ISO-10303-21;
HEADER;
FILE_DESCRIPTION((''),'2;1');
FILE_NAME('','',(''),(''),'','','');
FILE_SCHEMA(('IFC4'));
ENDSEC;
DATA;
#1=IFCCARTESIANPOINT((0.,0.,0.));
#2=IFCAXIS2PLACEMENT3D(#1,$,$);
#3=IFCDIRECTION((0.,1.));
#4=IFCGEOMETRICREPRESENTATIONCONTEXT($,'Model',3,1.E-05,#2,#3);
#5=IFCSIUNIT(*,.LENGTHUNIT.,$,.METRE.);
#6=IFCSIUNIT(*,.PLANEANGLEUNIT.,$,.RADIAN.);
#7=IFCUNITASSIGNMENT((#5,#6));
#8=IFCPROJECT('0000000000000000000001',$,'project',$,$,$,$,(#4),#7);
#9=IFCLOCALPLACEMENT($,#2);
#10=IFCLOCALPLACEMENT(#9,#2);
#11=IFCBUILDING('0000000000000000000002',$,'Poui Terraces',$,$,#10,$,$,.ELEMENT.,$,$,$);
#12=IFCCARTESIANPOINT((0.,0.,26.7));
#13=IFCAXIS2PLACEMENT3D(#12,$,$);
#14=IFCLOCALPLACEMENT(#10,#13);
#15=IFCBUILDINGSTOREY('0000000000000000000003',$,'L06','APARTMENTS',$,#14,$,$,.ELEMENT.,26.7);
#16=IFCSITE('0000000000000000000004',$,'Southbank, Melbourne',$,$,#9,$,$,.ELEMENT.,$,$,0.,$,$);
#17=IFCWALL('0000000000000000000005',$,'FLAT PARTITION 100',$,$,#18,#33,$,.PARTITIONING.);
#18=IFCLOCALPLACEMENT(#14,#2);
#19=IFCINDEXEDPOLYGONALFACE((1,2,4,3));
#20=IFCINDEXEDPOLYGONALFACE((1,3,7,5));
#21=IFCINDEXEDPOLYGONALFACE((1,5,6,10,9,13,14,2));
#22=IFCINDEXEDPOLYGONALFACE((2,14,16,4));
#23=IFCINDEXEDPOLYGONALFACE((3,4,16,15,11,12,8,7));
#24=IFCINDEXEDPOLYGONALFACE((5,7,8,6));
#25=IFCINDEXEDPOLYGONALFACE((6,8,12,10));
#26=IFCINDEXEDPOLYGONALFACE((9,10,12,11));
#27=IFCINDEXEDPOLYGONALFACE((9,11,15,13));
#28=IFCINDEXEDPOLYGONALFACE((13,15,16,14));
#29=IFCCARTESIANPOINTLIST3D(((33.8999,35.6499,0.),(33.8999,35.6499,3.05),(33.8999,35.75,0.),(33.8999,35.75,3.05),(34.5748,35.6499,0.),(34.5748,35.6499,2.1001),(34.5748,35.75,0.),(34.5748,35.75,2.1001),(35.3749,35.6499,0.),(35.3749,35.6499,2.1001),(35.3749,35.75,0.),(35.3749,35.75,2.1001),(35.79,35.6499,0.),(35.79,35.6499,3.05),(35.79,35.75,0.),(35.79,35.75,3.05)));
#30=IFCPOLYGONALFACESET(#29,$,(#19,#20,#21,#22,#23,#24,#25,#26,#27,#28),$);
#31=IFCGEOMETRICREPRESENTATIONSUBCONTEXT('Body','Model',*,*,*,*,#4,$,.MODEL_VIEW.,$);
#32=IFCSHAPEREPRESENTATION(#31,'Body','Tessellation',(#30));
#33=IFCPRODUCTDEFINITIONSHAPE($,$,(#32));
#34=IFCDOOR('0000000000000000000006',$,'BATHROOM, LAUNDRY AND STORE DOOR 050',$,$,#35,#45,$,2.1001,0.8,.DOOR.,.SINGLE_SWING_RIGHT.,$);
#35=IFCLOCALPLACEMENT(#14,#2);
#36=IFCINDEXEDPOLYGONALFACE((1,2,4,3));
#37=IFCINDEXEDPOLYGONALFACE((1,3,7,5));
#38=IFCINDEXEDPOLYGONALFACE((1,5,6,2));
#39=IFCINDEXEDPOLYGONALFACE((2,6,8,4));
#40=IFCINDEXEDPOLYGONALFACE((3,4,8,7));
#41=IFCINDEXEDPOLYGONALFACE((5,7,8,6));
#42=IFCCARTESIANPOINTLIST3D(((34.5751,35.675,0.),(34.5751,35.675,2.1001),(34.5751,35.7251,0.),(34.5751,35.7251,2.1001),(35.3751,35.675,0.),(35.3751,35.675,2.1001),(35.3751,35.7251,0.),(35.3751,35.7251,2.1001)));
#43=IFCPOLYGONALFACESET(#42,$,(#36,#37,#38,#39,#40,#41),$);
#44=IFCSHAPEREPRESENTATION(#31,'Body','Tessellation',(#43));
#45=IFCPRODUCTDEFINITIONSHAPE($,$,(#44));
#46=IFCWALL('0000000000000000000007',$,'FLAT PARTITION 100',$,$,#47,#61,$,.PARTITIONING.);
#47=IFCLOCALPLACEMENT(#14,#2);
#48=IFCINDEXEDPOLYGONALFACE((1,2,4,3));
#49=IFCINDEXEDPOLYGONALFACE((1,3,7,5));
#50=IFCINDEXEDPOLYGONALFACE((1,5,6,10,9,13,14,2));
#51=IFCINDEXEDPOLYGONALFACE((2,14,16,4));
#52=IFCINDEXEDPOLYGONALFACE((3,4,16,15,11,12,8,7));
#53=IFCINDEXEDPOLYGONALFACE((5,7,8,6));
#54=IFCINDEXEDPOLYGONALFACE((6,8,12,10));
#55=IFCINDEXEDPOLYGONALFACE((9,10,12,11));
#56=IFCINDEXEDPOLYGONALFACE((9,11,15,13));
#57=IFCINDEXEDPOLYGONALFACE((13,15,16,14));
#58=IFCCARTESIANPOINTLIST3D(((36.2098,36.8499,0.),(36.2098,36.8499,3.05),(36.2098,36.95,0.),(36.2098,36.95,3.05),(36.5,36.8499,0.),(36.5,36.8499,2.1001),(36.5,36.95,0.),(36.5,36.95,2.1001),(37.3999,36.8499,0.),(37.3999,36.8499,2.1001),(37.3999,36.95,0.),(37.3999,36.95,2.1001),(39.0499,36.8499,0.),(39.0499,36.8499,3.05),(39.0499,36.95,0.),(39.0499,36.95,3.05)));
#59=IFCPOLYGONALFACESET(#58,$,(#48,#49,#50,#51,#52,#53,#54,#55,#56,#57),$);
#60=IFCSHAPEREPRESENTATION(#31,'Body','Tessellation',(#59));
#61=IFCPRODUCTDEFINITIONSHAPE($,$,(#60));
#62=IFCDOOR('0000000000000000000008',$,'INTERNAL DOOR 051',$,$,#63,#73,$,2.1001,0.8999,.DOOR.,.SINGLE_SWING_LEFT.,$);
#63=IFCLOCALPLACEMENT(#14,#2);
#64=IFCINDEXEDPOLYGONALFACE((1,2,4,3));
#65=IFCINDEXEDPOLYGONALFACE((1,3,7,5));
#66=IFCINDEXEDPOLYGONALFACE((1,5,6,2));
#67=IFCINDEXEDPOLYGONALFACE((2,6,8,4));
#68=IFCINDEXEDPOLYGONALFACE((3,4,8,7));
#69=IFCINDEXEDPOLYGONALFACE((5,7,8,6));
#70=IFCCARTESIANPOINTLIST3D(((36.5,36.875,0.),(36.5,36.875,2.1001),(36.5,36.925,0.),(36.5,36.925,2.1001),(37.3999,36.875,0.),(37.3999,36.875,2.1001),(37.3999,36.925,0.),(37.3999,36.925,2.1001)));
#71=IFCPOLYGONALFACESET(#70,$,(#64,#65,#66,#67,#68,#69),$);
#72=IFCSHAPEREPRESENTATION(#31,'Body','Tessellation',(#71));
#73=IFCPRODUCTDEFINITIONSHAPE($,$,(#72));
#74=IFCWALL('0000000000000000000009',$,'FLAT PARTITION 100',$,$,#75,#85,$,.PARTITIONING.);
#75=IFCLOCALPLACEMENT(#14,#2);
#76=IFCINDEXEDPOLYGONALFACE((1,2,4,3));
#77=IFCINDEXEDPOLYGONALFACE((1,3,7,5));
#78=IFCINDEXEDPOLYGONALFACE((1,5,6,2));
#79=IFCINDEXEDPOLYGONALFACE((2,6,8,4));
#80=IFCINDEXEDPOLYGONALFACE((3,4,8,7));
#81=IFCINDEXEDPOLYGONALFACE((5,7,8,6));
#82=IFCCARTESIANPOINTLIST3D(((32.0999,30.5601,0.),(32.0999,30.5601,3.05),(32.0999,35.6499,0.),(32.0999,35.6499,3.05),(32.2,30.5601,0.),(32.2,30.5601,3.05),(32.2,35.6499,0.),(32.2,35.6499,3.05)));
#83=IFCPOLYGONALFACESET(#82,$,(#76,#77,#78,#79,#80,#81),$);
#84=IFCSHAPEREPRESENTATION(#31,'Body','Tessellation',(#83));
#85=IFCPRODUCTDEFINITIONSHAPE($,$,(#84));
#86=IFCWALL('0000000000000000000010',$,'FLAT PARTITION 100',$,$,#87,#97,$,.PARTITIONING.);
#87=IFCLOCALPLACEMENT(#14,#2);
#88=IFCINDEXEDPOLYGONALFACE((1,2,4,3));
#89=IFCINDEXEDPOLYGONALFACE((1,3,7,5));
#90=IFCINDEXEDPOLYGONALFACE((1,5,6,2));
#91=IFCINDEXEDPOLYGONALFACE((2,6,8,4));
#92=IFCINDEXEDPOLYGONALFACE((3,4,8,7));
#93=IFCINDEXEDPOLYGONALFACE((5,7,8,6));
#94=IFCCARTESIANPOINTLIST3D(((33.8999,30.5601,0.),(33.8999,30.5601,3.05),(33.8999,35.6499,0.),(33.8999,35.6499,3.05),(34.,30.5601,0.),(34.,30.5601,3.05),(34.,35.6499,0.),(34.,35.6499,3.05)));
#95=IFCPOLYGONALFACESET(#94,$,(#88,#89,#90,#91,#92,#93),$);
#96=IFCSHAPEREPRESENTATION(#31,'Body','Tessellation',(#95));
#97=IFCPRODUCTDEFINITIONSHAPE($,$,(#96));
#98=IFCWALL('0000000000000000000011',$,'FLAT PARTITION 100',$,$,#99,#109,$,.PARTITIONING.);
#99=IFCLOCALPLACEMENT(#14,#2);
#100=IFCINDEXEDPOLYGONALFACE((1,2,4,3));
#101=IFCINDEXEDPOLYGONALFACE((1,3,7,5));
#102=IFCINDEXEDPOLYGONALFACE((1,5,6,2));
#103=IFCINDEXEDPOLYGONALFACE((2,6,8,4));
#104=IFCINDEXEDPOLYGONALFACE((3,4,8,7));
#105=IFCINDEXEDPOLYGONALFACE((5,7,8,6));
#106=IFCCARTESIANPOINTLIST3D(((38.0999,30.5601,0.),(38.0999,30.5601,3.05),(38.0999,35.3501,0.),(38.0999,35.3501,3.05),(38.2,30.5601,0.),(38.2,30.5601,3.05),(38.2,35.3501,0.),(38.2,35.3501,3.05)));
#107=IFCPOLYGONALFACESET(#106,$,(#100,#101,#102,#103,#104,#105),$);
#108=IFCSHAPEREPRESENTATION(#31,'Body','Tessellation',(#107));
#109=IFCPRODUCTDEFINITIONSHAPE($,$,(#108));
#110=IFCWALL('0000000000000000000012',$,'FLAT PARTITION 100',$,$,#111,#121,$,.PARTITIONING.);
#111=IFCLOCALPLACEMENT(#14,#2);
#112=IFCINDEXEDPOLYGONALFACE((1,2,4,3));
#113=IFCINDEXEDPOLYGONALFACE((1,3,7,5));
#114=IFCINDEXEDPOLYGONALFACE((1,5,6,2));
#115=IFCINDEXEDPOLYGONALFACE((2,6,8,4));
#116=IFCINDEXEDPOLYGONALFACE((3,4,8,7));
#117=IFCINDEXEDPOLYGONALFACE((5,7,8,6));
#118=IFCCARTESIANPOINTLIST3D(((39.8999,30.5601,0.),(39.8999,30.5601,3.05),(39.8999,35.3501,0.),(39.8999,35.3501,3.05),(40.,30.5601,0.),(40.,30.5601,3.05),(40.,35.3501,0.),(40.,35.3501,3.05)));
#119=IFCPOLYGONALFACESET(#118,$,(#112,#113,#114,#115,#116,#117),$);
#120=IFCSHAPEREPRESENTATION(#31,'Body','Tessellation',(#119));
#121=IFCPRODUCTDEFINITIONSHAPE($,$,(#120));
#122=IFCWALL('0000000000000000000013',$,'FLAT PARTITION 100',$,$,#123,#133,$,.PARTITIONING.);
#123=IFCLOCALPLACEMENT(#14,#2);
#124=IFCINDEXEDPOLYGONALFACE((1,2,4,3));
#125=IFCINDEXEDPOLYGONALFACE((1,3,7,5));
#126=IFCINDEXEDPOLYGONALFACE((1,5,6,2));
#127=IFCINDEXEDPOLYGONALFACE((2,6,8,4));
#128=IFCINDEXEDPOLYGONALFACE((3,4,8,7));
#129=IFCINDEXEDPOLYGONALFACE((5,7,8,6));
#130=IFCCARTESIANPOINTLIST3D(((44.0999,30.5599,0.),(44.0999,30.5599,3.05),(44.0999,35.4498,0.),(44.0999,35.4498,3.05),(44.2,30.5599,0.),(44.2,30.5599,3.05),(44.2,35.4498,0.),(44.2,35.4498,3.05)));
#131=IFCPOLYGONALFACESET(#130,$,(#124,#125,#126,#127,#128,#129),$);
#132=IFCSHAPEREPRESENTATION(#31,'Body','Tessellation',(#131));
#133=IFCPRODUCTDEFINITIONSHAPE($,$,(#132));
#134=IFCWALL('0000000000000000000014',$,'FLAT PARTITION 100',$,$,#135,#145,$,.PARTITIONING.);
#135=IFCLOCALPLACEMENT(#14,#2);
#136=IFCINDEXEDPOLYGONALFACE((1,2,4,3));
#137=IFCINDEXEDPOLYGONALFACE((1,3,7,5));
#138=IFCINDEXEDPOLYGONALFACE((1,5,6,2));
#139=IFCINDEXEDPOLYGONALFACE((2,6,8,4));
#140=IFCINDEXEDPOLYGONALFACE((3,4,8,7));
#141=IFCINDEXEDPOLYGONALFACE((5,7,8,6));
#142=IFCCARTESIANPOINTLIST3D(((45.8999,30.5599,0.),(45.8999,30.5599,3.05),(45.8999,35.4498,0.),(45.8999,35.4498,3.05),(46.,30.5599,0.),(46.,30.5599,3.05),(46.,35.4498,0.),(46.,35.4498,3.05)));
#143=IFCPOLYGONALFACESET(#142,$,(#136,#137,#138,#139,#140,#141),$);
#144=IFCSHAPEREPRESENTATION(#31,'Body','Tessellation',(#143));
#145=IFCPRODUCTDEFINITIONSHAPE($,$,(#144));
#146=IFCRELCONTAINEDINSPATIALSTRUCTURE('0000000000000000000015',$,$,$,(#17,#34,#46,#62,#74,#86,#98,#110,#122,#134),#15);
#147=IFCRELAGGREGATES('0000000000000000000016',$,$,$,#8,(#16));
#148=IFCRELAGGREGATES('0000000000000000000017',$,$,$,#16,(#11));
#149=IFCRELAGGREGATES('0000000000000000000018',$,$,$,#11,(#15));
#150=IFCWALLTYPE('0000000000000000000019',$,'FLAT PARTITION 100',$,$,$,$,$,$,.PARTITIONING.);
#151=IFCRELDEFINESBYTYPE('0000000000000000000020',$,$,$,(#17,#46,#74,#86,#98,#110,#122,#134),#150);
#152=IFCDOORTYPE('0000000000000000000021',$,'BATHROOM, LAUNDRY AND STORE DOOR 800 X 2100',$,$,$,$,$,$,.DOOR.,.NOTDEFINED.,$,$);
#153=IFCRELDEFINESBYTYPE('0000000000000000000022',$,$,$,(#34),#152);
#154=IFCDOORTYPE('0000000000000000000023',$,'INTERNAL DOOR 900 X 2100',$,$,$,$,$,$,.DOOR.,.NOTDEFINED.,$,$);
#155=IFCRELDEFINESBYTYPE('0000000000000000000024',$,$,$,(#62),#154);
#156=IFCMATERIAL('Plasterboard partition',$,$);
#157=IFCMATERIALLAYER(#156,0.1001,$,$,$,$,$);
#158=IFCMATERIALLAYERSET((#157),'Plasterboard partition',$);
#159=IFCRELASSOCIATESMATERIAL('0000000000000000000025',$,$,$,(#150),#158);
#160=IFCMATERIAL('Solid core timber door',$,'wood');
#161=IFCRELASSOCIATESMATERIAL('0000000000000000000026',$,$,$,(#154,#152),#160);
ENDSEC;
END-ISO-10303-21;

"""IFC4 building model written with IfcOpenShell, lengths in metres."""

from ifc_helpers import new_model, si_unit, direction, frame, frame_2d, origin, place, context, subcontext, project, spatial, rectangle, extrude, material, layer, layer_set, type_object, element, fill, save


model = new_model("IFC4")

# Units and contexts
model_context = context("Model", 3, precision=1e-05, world=origin(), true_north=direction((0.0, 1.0)))
body_context = subcontext(model_context, "Body", "Model", "MODEL_VIEW")
ifc_project = project(units=[si_unit("LENGTHUNIT", "METRE"), si_unit("PLANEANGLEUNIT", "RADIAN")], contexts=[model_context])

# Site, building, storey
site_placement = place(None, origin())
site = spatial("IfcSite", under=ifc_project, at=site_placement, Name="Southbank, Melbourne", CompositionType="ELEMENT", RefElevation=0.0)
building_placement = place(site_placement, origin())
building = spatial("IfcBuilding", under=site, at=building_placement, Name="Poui Terraces", CompositionType="ELEMENT")
storey_placement = place(building_placement, frame((0.0, 0.0, 26.7)))
storey = spatial("IfcBuildingStorey", under=building, at=storey_placement, Name="L06", Description="APARTMENTS", CompositionType="ELEMENT", Elevation=26.7)

# Walls, openings, doors
ifc_material_1 = material(Name="Plasterboard partition")
ifc_layer_1 = layer(ifc_material_1, 0.1001)
ifc_layer_set_1 = layer_set([ifc_layer_1], Name="Plasterboard partition")
wall_type_1 = type_object("IfcWallType", Name="FLAT PARTITION 100", PredefinedType="PARTITIONING", material=ifc_layer_set_1)
ifc_material_2 = material(Name="Solid core timber door", Category="wood")
door_type_1 = type_object("IfcDoorType", Name="INTERNAL DOOR 900 X 2100", OperationType="NOTDEFINED", PredefinedType="DOOR", material=ifc_material_2)
door_type_2 = type_object("IfcDoorType", Name="BATHROOM, LAUNDRY AND STORE DOOR 800 X 2100", OperationType="NOTDEFINED", PredefinedType="DOOR", material=ifc_material_2)
wall_1_placement = place(storey_placement, frame((33.8999, 35.7, 0.0), z_axis=(0.0, 0.0, 1.0), x_axis=(1.0, 0.0, 0.0)))
wall_1 = element("IfcWall", 1, at=wall_1_placement, inside=storey, type_object=wall_type_1, Name="FLAT PARTITION 100", PredefinedType="PARTITIONING", context=body_context, shape_type="SweptSolid", body=[
    extrude(rectangle(XDim=1.8901, YDim=0.1001, at=frame_2d((0.9451, 0.0))), origin(), (0.0, 0.0, 1.0), 3.05),
])
opening_1_placement = place(wall_1_placement, frame((0.675, 0.0, 0.0)))
opening_1 = element("IfcOpeningElement", 2, at=opening_1_placement, cuts=wall_1, PredefinedType="OPENING", context=body_context, shape_type="SweptSolid", body=[
    extrude(rectangle(XDim=0.8, YDim=2.1001, at=frame_2d((0.3999, 1.05))), frame((0.0, 0.0601, 0.0), z_axis=(0.0, -1.0, 0.0), x_axis=(1.0, 0.0, 0.0)), (0.0, 0.0, 1.0), 0.1201),
])
door_1_placement = place(opening_1_placement, frame((0.8, 0.0, 0.0), z_axis=(0.0, 0.0, 1.0), x_axis=(-1.0, 0.0, 0.0)))
door_1 = element("IfcDoor", 3, at=door_1_placement, inside=storey, type_object=door_type_2, Name="BATHROOM, LAUNDRY AND STORE DOOR 050", OperationType="SINGLE_SWING_RIGHT", OverallHeight=2.1001, OverallWidth=0.8, PredefinedType="DOOR", context=body_context, shape_type="SweptSolid", body=[
    extrude(rectangle(XDim=0.8, YDim=2.1001, at=frame_2d((0.3999, 1.05))), frame((0.0, 0.0249, 0.0), z_axis=(0.0, -1.0, 0.0), x_axis=(1.0, 0.0, 0.0)), (0.0, 0.0, 1.0), 0.05),
])
fill(opening_1, door_1)
wall_2_placement = place(storey_placement, frame((36.21, 36.8999, 0.0), z_axis=(0.0, 0.0, 1.0), x_axis=(1.0, 0.0, 0.0)))
wall_2 = element("IfcWall", 4, at=wall_2_placement, inside=storey, type_object=wall_type_1, Name="FLAT PARTITION 100", PredefinedType="PARTITIONING", context=body_context, shape_type="SweptSolid", body=[
    extrude(rectangle(XDim=2.8401, YDim=0.1001, at=frame_2d((1.4199, 0.0))), origin(), (0.0, 0.0, 1.0), 3.05),
])
opening_2_placement = place(wall_2_placement, frame((0.29, 0.0, 0.0)))
opening_2 = element("IfcOpeningElement", 5, at=opening_2_placement, cuts=wall_2, PredefinedType="OPENING", context=body_context, shape_type="SweptSolid", body=[
    extrude(rectangle(XDim=0.8999, YDim=2.1001, at=frame_2d((0.45, 1.05))), frame((0.0, 0.0601, 0.0), z_axis=(0.0, -1.0, 0.0), x_axis=(1.0, 0.0, 0.0)), (0.0, 0.0, 1.0), 0.1201),
])
door_2_placement = place(opening_2_placement, frame((0.8999, 0.0, 0.0), z_axis=(0.0, 0.0, 1.0), x_axis=(-1.0, 0.0, 0.0)))
door_2 = element("IfcDoor", 6, at=door_2_placement, inside=storey, type_object=door_type_1, Name="INTERNAL DOOR 051", OperationType="SINGLE_SWING_LEFT", OverallHeight=2.1001, OverallWidth=0.8999, PredefinedType="DOOR", context=body_context, shape_type="SweptSolid", body=[
    extrude(rectangle(XDim=0.8999, YDim=2.1001, at=frame_2d((0.45, 1.05))), frame((0.0, 0.0249, 0.0), z_axis=(0.0, -1.0, 0.0), x_axis=(1.0, 0.0, 0.0)), (0.0, 0.0, 1.0), 0.05),
])
fill(opening_2, door_2)

# Walls
for number, where, z_axis, x_axis, name in (
    (7, (32.1499, 30.5601, 0.0), (0.0, 0.0, 1.0), (0.0, 1.0, 0.0), "FLAT PARTITION 100"),
    (8, (33.95, 30.5601, 0.0), (0.0, 0.0, 1.0), (0.0, 1.0, 0.0), "FLAT PARTITION 100"),
):
    element("IfcWall", number, at=place(storey_placement, frame(where, z_axis=z_axis, x_axis=x_axis)), inside=storey, type_object=wall_type_1, Name=name, PredefinedType="PARTITIONING", context=body_context, shape_type="SweptSolid", body=[
        extrude(rectangle(XDim=5.0898, YDim=0.1001, at=frame_2d((2.5449, 0.0))), origin(), (0.0, 0.0, 1.0), 3.05),
    ])
for number, where, z_axis, x_axis, name in (
    (9, (38.1499, 30.5601, 0.0), (0.0, 0.0, 1.0), (0.0, 1.0, 0.0), "FLAT PARTITION 100"),
    (10, (39.95, 30.5601, 0.0), (0.0, 0.0, 1.0), (0.0, 1.0, 0.0), "FLAT PARTITION 100"),
):
    element("IfcWall", number, at=place(storey_placement, frame(where, z_axis=z_axis, x_axis=x_axis)), inside=storey, type_object=wall_type_1, Name=name, PredefinedType="PARTITIONING", context=body_context, shape_type="SweptSolid", body=[
        extrude(rectangle(XDim=4.79, YDim=0.1001, at=frame_2d((2.395, 0.0))), origin(), (0.0, 0.0, 1.0), 3.05),
    ])
for number, where, z_axis, x_axis, name in (
    (11, (44.1499, 30.5601, 0.0), (0.0, 0.0, 1.0), (0.0, 1.0, 0.0), "FLAT PARTITION 100"),
    (12, (45.95, 30.5601, 0.0), (0.0, 0.0, 1.0), (0.0, 1.0, 0.0), "FLAT PARTITION 100"),
):
    element("IfcWall", number, at=place(storey_placement, frame(where, z_axis=z_axis, x_axis=x_axis)), inside=storey, type_object=wall_type_1, Name=name, PredefinedType="PARTITIONING", context=body_context, shape_type="SweptSolid", body=[
        extrude(rectangle(XDim=4.8899, YDim=0.1001, at=frame_2d((2.4448, 0.0))), origin(), (0.0, 0.0, 1.0), 3.05),
    ])

save(model, "model.ifc")
